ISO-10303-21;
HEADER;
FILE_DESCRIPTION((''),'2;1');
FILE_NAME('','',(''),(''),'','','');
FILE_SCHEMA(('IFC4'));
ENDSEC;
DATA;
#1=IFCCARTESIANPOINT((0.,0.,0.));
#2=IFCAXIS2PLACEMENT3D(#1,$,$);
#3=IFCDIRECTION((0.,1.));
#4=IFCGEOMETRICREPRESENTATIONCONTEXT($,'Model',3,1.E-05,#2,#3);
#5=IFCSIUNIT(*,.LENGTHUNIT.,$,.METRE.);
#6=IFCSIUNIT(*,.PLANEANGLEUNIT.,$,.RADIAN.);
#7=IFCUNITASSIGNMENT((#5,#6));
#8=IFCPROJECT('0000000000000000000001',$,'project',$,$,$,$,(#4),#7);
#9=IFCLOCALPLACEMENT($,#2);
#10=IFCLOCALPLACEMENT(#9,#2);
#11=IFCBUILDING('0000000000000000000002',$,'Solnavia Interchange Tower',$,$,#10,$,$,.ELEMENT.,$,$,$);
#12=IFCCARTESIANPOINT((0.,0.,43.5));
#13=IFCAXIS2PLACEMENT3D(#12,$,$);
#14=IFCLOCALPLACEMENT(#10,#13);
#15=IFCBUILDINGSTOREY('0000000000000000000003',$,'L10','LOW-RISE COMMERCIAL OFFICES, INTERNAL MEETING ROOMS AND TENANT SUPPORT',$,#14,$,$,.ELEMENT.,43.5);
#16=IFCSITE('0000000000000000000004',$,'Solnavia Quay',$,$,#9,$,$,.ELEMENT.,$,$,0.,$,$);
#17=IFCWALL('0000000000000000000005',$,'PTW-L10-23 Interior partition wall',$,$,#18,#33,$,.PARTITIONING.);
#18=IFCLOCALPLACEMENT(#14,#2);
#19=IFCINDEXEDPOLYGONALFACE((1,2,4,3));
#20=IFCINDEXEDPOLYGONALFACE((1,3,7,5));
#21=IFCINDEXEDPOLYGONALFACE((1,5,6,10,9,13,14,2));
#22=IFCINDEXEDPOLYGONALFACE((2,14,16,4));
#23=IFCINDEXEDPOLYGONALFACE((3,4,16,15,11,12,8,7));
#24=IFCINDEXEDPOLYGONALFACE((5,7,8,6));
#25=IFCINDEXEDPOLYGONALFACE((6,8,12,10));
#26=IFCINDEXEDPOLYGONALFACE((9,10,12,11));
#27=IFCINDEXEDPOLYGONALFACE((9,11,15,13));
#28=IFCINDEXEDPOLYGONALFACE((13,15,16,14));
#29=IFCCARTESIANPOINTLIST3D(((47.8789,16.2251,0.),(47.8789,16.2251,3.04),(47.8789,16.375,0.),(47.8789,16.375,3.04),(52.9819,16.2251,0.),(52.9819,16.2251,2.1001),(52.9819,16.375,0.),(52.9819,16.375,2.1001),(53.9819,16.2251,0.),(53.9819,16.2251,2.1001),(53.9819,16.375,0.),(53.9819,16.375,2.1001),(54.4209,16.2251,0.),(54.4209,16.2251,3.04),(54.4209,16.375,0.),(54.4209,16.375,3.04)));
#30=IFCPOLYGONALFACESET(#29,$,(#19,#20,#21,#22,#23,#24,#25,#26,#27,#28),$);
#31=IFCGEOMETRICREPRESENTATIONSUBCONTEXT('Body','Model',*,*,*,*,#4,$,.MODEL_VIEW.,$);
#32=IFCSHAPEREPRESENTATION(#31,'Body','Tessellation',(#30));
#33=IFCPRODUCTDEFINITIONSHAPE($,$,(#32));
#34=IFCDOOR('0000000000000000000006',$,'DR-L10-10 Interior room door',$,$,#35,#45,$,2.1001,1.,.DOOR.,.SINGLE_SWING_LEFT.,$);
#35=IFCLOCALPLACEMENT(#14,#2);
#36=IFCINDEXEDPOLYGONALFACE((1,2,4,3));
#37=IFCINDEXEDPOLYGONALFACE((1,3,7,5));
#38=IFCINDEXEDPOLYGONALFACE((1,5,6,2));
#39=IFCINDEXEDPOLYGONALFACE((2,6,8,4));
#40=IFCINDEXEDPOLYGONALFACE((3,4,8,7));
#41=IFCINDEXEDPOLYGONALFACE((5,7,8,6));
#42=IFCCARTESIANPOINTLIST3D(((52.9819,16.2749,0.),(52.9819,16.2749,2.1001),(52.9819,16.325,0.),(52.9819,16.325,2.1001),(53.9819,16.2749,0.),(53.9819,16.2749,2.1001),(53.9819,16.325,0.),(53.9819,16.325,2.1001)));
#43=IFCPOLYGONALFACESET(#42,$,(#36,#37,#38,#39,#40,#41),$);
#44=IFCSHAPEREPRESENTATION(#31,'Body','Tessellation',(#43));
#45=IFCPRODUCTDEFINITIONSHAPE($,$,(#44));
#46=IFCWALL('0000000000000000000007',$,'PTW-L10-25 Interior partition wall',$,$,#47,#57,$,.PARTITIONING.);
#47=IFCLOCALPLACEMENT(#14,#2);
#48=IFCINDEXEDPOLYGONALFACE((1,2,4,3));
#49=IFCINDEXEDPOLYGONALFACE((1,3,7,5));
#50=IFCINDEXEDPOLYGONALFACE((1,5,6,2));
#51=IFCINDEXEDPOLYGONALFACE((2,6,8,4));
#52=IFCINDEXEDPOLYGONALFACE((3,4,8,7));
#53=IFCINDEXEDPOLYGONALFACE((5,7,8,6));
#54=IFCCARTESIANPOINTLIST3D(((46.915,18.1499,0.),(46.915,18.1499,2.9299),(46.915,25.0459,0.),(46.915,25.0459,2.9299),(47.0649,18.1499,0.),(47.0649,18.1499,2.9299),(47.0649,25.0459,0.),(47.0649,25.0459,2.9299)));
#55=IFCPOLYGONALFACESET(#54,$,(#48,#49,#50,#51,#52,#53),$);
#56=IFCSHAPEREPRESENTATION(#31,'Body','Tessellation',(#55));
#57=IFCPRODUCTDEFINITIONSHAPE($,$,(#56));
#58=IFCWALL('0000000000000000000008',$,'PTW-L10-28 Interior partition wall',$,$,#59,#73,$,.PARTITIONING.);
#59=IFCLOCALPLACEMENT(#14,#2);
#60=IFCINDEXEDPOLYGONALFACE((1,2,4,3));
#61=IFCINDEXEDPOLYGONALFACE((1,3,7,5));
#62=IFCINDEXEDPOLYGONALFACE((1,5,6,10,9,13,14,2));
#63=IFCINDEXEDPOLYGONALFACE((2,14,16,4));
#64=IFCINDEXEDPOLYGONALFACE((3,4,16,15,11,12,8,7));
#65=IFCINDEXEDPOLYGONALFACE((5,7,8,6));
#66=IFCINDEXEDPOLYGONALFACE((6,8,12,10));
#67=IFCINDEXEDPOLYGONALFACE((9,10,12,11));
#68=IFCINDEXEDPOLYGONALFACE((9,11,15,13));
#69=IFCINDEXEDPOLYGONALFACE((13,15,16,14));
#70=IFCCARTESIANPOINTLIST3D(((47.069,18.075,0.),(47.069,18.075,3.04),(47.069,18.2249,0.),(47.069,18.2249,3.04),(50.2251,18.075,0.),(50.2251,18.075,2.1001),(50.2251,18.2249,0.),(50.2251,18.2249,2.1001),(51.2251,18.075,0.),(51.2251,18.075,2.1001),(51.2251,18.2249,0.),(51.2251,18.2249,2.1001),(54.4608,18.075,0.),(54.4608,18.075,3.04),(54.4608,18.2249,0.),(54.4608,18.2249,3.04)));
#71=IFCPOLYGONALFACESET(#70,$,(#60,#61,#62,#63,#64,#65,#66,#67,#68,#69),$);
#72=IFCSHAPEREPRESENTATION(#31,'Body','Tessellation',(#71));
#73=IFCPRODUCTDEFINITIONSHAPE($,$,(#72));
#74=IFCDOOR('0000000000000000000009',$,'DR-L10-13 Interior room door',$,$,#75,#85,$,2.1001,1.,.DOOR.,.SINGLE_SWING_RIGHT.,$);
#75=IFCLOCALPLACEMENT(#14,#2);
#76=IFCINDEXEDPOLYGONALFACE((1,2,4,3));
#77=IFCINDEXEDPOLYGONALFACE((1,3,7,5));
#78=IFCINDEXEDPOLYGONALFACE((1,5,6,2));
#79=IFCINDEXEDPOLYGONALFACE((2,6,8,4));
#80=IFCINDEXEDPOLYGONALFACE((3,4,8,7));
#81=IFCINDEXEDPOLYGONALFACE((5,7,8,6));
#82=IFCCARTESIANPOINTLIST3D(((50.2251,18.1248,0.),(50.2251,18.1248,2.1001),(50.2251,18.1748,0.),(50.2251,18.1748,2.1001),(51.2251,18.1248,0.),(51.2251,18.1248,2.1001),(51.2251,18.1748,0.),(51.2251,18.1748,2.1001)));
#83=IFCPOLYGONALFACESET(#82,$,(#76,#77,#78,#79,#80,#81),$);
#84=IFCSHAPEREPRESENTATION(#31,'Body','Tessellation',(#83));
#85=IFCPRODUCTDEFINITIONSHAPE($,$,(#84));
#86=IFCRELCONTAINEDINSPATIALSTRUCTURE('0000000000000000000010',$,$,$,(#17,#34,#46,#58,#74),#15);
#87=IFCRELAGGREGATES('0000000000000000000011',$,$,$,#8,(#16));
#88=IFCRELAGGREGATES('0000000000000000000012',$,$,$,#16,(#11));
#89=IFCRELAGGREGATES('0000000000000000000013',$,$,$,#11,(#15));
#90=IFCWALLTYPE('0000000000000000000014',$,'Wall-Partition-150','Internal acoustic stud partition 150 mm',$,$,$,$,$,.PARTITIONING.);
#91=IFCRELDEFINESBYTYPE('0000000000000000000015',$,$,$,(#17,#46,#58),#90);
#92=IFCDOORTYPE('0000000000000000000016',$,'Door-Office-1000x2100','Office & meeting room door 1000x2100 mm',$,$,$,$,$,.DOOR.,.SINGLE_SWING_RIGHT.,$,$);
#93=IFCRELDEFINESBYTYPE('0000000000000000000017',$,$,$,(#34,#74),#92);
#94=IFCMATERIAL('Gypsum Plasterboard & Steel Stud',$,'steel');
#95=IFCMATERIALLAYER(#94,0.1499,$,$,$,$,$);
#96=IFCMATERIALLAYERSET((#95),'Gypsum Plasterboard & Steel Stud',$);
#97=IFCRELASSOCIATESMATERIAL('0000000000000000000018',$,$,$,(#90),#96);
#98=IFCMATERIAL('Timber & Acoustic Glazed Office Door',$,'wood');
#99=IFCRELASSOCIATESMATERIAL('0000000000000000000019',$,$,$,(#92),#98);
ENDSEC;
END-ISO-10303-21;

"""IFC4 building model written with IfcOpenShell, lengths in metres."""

from ifc_helpers import new_model, si_unit, direction, frame, frame_2d, origin, place, context, subcontext, project, spatial, rectangle, extrude, material, layer, layer_set, type_object, element, fill, save


model = new_model("IFC4")

# Units and contexts
model_context = context("Model", 3, precision=1e-05, world=origin(), true_north=direction((0.0, 1.0)))
body_context = subcontext(model_context, "Body", "Model", "MODEL_VIEW")
ifc_project = project(units=[si_unit("LENGTHUNIT", "METRE"), si_unit("PLANEANGLEUNIT", "RADIAN")], contexts=[model_context])

# Site, building, storey
site_placement = place(None, origin())
site = spatial("IfcSite", under=ifc_project, at=site_placement, Name="Solnavia Quay", CompositionType="ELEMENT", RefElevation=0.0)
building_placement = place(site_placement, origin())
building = spatial("IfcBuilding", under=site, at=building_placement, Name="Solnavia Interchange Tower", CompositionType="ELEMENT")
storey_placement = place(building_placement, frame((0.0, 0.0, 43.5)))
storey = spatial("IfcBuildingStorey", under=building, at=storey_placement, Name="L10", Description="LOW-RISE COMMERCIAL OFFICES, INTERNAL MEETING ROOMS AND TENANT SUPPORT", CompositionType="ELEMENT", Elevation=43.5)

# Wall, opening, door
ifc_material_1 = material(Name="Gypsum Plasterboard & Steel Stud", Category="steel")
ifc_layer_1 = layer(ifc_material_1, 0.1499)
ifc_layer_set_1 = layer_set([ifc_layer_1], Name="Gypsum Plasterboard & Steel Stud")
wall_type_1 = type_object("IfcWallType", Name="Wall-Partition-150", Description="Internal acoustic stud partition 150 mm", PredefinedType="PARTITIONING", material=ifc_layer_set_1)
wall_1_placement = place(storey_placement, frame((47.8789, 16.3, 0.0), z_axis=(0.0, 0.0, 1.0), x_axis=(1.0, 0.0, 0.0)))
wall_1 = element("IfcWall", 1, at=wall_1_placement, inside=storey, type_object=wall_type_1, Name="PTW-L10-23 Interior partition wall", PredefinedType="PARTITIONING", context=body_context, shape_type="SweptSolid", body=[
    extrude(rectangle(XDim=6.542, YDim=0.1499, at=frame_2d((3.271, 0.0))), origin(), (0.0, 0.0, 1.0), 3.04),
])
opening_1_placement = place(wall_1_placement, frame((5.103, 0.0, 0.0)))
opening_1 = element("IfcOpeningElement", 2, at=opening_1_placement, cuts=wall_1, PredefinedType="OPENING", context=body_context, shape_type="SweptSolid", body=[
    extrude(rectangle(XDim=1.0, YDim=2.1001, at=frame_2d((0.5, 1.05))), frame((0.0, 0.085, 0.0), z_axis=(0.0, -1.0, 0.0), x_axis=(1.0, 0.0, 0.0)), (0.0, 0.0, 1.0), 0.1699),
])
ifc_material_2 = material(Name="Timber & Acoustic Glazed Office Door", Category="wood")
door_type = type_object("IfcDoorType", Name="Door-Office-1000x2100", Description="Office & meeting room door 1000x2100 mm", OperationType="SINGLE_SWING_RIGHT", PredefinedType="DOOR", material=ifc_material_2)
door_1_placement = place(opening_1_placement, origin())
door_1 = element("IfcDoor", 3, at=door_1_placement, inside=storey, type_object=door_type, Name="DR-L10-10 Interior room door", OperationType="SINGLE_SWING_LEFT", OverallHeight=2.1001, OverallWidth=1.0, PredefinedType="DOOR", context=body_context, shape_type="SweptSolid", body=[
    extrude(rectangle(XDim=1.0, YDim=2.1001, at=frame_2d((0.5, 1.05))), frame((0.0, 0.0249, 0.0), z_axis=(0.0, -1.0, 0.0), x_axis=(1.0, 0.0, 0.0)), (0.0, 0.0, 1.0), 0.05),
])
fill(opening_1, door_1)

# Wall
wall_2_placement = place(storey_placement, frame((46.99, 18.1499, 0.0), z_axis=(0.0, 0.0, 1.0), x_axis=(0.0, 1.0, 0.0)))
element("IfcWall", 4, at=wall_2_placement, inside=storey, type_object=wall_type_1, Name="PTW-L10-25 Interior partition wall", PredefinedType="PARTITIONING", context=body_context, shape_type="SweptSolid", body=[
    extrude(rectangle(XDim=6.896, YDim=0.1499, at=frame_2d((3.448, 0.0))), origin(), (0.0, 0.0, 1.0), 2.9299),
])

# Wall, opening, door
wall_3_placement = place(storey_placement, frame((47.0691, 18.1499, 0.0), z_axis=(0.0, 0.0, 1.0), x_axis=(1.0, 0.0, 0.0)))
wall_3 = element("IfcWall", 5, at=wall_3_placement, inside=storey, type_object=wall_type_1, Name="PTW-L10-28 Interior partition wall", PredefinedType="PARTITIONING", context=body_context, shape_type="SweptSolid", body=[
    extrude(rectangle(XDim=7.3918, YDim=0.1499, at=frame_2d((3.6958, 0.0))), origin(), (0.0, 0.0, 1.0), 3.04),
])
opening_2_placement = place(wall_3_placement, frame((3.156, 0.0, 0.0)))
opening_2 = element("IfcOpeningElement", 6, at=opening_2_placement, cuts=wall_3, PredefinedType="OPENING", context=body_context, shape_type="SweptSolid", body=[
    extrude(rectangle(XDim=1.0, YDim=2.1001, at=frame_2d((0.5, 1.05))), frame((0.0, 0.085, 0.0), z_axis=(0.0, -1.0, 0.0), x_axis=(1.0, 0.0, 0.0)), (0.0, 0.0, 1.0), 0.1699),
])
door_2_placement = place(opening_2_placement, origin())
door_2 = element("IfcDoor", 7, at=door_2_placement, inside=storey, type_object=door_type, Name="DR-L10-13 Interior room door", OperationType="SINGLE_SWING_RIGHT", OverallHeight=2.1001, OverallWidth=1.0, PredefinedType="DOOR", context=body_context, shape_type="SweptSolid", body=[
    extrude(rectangle(XDim=1.0, YDim=2.1001, at=frame_2d((0.5, 1.05))), frame((0.0, 0.0249, 0.0), z_axis=(0.0, -1.0, 0.0), x_axis=(1.0, 0.0, 0.0)), (0.0, 0.0, 1.0), 0.05),
])
fill(opening_2, door_2)

save(model, "model.ifc")
